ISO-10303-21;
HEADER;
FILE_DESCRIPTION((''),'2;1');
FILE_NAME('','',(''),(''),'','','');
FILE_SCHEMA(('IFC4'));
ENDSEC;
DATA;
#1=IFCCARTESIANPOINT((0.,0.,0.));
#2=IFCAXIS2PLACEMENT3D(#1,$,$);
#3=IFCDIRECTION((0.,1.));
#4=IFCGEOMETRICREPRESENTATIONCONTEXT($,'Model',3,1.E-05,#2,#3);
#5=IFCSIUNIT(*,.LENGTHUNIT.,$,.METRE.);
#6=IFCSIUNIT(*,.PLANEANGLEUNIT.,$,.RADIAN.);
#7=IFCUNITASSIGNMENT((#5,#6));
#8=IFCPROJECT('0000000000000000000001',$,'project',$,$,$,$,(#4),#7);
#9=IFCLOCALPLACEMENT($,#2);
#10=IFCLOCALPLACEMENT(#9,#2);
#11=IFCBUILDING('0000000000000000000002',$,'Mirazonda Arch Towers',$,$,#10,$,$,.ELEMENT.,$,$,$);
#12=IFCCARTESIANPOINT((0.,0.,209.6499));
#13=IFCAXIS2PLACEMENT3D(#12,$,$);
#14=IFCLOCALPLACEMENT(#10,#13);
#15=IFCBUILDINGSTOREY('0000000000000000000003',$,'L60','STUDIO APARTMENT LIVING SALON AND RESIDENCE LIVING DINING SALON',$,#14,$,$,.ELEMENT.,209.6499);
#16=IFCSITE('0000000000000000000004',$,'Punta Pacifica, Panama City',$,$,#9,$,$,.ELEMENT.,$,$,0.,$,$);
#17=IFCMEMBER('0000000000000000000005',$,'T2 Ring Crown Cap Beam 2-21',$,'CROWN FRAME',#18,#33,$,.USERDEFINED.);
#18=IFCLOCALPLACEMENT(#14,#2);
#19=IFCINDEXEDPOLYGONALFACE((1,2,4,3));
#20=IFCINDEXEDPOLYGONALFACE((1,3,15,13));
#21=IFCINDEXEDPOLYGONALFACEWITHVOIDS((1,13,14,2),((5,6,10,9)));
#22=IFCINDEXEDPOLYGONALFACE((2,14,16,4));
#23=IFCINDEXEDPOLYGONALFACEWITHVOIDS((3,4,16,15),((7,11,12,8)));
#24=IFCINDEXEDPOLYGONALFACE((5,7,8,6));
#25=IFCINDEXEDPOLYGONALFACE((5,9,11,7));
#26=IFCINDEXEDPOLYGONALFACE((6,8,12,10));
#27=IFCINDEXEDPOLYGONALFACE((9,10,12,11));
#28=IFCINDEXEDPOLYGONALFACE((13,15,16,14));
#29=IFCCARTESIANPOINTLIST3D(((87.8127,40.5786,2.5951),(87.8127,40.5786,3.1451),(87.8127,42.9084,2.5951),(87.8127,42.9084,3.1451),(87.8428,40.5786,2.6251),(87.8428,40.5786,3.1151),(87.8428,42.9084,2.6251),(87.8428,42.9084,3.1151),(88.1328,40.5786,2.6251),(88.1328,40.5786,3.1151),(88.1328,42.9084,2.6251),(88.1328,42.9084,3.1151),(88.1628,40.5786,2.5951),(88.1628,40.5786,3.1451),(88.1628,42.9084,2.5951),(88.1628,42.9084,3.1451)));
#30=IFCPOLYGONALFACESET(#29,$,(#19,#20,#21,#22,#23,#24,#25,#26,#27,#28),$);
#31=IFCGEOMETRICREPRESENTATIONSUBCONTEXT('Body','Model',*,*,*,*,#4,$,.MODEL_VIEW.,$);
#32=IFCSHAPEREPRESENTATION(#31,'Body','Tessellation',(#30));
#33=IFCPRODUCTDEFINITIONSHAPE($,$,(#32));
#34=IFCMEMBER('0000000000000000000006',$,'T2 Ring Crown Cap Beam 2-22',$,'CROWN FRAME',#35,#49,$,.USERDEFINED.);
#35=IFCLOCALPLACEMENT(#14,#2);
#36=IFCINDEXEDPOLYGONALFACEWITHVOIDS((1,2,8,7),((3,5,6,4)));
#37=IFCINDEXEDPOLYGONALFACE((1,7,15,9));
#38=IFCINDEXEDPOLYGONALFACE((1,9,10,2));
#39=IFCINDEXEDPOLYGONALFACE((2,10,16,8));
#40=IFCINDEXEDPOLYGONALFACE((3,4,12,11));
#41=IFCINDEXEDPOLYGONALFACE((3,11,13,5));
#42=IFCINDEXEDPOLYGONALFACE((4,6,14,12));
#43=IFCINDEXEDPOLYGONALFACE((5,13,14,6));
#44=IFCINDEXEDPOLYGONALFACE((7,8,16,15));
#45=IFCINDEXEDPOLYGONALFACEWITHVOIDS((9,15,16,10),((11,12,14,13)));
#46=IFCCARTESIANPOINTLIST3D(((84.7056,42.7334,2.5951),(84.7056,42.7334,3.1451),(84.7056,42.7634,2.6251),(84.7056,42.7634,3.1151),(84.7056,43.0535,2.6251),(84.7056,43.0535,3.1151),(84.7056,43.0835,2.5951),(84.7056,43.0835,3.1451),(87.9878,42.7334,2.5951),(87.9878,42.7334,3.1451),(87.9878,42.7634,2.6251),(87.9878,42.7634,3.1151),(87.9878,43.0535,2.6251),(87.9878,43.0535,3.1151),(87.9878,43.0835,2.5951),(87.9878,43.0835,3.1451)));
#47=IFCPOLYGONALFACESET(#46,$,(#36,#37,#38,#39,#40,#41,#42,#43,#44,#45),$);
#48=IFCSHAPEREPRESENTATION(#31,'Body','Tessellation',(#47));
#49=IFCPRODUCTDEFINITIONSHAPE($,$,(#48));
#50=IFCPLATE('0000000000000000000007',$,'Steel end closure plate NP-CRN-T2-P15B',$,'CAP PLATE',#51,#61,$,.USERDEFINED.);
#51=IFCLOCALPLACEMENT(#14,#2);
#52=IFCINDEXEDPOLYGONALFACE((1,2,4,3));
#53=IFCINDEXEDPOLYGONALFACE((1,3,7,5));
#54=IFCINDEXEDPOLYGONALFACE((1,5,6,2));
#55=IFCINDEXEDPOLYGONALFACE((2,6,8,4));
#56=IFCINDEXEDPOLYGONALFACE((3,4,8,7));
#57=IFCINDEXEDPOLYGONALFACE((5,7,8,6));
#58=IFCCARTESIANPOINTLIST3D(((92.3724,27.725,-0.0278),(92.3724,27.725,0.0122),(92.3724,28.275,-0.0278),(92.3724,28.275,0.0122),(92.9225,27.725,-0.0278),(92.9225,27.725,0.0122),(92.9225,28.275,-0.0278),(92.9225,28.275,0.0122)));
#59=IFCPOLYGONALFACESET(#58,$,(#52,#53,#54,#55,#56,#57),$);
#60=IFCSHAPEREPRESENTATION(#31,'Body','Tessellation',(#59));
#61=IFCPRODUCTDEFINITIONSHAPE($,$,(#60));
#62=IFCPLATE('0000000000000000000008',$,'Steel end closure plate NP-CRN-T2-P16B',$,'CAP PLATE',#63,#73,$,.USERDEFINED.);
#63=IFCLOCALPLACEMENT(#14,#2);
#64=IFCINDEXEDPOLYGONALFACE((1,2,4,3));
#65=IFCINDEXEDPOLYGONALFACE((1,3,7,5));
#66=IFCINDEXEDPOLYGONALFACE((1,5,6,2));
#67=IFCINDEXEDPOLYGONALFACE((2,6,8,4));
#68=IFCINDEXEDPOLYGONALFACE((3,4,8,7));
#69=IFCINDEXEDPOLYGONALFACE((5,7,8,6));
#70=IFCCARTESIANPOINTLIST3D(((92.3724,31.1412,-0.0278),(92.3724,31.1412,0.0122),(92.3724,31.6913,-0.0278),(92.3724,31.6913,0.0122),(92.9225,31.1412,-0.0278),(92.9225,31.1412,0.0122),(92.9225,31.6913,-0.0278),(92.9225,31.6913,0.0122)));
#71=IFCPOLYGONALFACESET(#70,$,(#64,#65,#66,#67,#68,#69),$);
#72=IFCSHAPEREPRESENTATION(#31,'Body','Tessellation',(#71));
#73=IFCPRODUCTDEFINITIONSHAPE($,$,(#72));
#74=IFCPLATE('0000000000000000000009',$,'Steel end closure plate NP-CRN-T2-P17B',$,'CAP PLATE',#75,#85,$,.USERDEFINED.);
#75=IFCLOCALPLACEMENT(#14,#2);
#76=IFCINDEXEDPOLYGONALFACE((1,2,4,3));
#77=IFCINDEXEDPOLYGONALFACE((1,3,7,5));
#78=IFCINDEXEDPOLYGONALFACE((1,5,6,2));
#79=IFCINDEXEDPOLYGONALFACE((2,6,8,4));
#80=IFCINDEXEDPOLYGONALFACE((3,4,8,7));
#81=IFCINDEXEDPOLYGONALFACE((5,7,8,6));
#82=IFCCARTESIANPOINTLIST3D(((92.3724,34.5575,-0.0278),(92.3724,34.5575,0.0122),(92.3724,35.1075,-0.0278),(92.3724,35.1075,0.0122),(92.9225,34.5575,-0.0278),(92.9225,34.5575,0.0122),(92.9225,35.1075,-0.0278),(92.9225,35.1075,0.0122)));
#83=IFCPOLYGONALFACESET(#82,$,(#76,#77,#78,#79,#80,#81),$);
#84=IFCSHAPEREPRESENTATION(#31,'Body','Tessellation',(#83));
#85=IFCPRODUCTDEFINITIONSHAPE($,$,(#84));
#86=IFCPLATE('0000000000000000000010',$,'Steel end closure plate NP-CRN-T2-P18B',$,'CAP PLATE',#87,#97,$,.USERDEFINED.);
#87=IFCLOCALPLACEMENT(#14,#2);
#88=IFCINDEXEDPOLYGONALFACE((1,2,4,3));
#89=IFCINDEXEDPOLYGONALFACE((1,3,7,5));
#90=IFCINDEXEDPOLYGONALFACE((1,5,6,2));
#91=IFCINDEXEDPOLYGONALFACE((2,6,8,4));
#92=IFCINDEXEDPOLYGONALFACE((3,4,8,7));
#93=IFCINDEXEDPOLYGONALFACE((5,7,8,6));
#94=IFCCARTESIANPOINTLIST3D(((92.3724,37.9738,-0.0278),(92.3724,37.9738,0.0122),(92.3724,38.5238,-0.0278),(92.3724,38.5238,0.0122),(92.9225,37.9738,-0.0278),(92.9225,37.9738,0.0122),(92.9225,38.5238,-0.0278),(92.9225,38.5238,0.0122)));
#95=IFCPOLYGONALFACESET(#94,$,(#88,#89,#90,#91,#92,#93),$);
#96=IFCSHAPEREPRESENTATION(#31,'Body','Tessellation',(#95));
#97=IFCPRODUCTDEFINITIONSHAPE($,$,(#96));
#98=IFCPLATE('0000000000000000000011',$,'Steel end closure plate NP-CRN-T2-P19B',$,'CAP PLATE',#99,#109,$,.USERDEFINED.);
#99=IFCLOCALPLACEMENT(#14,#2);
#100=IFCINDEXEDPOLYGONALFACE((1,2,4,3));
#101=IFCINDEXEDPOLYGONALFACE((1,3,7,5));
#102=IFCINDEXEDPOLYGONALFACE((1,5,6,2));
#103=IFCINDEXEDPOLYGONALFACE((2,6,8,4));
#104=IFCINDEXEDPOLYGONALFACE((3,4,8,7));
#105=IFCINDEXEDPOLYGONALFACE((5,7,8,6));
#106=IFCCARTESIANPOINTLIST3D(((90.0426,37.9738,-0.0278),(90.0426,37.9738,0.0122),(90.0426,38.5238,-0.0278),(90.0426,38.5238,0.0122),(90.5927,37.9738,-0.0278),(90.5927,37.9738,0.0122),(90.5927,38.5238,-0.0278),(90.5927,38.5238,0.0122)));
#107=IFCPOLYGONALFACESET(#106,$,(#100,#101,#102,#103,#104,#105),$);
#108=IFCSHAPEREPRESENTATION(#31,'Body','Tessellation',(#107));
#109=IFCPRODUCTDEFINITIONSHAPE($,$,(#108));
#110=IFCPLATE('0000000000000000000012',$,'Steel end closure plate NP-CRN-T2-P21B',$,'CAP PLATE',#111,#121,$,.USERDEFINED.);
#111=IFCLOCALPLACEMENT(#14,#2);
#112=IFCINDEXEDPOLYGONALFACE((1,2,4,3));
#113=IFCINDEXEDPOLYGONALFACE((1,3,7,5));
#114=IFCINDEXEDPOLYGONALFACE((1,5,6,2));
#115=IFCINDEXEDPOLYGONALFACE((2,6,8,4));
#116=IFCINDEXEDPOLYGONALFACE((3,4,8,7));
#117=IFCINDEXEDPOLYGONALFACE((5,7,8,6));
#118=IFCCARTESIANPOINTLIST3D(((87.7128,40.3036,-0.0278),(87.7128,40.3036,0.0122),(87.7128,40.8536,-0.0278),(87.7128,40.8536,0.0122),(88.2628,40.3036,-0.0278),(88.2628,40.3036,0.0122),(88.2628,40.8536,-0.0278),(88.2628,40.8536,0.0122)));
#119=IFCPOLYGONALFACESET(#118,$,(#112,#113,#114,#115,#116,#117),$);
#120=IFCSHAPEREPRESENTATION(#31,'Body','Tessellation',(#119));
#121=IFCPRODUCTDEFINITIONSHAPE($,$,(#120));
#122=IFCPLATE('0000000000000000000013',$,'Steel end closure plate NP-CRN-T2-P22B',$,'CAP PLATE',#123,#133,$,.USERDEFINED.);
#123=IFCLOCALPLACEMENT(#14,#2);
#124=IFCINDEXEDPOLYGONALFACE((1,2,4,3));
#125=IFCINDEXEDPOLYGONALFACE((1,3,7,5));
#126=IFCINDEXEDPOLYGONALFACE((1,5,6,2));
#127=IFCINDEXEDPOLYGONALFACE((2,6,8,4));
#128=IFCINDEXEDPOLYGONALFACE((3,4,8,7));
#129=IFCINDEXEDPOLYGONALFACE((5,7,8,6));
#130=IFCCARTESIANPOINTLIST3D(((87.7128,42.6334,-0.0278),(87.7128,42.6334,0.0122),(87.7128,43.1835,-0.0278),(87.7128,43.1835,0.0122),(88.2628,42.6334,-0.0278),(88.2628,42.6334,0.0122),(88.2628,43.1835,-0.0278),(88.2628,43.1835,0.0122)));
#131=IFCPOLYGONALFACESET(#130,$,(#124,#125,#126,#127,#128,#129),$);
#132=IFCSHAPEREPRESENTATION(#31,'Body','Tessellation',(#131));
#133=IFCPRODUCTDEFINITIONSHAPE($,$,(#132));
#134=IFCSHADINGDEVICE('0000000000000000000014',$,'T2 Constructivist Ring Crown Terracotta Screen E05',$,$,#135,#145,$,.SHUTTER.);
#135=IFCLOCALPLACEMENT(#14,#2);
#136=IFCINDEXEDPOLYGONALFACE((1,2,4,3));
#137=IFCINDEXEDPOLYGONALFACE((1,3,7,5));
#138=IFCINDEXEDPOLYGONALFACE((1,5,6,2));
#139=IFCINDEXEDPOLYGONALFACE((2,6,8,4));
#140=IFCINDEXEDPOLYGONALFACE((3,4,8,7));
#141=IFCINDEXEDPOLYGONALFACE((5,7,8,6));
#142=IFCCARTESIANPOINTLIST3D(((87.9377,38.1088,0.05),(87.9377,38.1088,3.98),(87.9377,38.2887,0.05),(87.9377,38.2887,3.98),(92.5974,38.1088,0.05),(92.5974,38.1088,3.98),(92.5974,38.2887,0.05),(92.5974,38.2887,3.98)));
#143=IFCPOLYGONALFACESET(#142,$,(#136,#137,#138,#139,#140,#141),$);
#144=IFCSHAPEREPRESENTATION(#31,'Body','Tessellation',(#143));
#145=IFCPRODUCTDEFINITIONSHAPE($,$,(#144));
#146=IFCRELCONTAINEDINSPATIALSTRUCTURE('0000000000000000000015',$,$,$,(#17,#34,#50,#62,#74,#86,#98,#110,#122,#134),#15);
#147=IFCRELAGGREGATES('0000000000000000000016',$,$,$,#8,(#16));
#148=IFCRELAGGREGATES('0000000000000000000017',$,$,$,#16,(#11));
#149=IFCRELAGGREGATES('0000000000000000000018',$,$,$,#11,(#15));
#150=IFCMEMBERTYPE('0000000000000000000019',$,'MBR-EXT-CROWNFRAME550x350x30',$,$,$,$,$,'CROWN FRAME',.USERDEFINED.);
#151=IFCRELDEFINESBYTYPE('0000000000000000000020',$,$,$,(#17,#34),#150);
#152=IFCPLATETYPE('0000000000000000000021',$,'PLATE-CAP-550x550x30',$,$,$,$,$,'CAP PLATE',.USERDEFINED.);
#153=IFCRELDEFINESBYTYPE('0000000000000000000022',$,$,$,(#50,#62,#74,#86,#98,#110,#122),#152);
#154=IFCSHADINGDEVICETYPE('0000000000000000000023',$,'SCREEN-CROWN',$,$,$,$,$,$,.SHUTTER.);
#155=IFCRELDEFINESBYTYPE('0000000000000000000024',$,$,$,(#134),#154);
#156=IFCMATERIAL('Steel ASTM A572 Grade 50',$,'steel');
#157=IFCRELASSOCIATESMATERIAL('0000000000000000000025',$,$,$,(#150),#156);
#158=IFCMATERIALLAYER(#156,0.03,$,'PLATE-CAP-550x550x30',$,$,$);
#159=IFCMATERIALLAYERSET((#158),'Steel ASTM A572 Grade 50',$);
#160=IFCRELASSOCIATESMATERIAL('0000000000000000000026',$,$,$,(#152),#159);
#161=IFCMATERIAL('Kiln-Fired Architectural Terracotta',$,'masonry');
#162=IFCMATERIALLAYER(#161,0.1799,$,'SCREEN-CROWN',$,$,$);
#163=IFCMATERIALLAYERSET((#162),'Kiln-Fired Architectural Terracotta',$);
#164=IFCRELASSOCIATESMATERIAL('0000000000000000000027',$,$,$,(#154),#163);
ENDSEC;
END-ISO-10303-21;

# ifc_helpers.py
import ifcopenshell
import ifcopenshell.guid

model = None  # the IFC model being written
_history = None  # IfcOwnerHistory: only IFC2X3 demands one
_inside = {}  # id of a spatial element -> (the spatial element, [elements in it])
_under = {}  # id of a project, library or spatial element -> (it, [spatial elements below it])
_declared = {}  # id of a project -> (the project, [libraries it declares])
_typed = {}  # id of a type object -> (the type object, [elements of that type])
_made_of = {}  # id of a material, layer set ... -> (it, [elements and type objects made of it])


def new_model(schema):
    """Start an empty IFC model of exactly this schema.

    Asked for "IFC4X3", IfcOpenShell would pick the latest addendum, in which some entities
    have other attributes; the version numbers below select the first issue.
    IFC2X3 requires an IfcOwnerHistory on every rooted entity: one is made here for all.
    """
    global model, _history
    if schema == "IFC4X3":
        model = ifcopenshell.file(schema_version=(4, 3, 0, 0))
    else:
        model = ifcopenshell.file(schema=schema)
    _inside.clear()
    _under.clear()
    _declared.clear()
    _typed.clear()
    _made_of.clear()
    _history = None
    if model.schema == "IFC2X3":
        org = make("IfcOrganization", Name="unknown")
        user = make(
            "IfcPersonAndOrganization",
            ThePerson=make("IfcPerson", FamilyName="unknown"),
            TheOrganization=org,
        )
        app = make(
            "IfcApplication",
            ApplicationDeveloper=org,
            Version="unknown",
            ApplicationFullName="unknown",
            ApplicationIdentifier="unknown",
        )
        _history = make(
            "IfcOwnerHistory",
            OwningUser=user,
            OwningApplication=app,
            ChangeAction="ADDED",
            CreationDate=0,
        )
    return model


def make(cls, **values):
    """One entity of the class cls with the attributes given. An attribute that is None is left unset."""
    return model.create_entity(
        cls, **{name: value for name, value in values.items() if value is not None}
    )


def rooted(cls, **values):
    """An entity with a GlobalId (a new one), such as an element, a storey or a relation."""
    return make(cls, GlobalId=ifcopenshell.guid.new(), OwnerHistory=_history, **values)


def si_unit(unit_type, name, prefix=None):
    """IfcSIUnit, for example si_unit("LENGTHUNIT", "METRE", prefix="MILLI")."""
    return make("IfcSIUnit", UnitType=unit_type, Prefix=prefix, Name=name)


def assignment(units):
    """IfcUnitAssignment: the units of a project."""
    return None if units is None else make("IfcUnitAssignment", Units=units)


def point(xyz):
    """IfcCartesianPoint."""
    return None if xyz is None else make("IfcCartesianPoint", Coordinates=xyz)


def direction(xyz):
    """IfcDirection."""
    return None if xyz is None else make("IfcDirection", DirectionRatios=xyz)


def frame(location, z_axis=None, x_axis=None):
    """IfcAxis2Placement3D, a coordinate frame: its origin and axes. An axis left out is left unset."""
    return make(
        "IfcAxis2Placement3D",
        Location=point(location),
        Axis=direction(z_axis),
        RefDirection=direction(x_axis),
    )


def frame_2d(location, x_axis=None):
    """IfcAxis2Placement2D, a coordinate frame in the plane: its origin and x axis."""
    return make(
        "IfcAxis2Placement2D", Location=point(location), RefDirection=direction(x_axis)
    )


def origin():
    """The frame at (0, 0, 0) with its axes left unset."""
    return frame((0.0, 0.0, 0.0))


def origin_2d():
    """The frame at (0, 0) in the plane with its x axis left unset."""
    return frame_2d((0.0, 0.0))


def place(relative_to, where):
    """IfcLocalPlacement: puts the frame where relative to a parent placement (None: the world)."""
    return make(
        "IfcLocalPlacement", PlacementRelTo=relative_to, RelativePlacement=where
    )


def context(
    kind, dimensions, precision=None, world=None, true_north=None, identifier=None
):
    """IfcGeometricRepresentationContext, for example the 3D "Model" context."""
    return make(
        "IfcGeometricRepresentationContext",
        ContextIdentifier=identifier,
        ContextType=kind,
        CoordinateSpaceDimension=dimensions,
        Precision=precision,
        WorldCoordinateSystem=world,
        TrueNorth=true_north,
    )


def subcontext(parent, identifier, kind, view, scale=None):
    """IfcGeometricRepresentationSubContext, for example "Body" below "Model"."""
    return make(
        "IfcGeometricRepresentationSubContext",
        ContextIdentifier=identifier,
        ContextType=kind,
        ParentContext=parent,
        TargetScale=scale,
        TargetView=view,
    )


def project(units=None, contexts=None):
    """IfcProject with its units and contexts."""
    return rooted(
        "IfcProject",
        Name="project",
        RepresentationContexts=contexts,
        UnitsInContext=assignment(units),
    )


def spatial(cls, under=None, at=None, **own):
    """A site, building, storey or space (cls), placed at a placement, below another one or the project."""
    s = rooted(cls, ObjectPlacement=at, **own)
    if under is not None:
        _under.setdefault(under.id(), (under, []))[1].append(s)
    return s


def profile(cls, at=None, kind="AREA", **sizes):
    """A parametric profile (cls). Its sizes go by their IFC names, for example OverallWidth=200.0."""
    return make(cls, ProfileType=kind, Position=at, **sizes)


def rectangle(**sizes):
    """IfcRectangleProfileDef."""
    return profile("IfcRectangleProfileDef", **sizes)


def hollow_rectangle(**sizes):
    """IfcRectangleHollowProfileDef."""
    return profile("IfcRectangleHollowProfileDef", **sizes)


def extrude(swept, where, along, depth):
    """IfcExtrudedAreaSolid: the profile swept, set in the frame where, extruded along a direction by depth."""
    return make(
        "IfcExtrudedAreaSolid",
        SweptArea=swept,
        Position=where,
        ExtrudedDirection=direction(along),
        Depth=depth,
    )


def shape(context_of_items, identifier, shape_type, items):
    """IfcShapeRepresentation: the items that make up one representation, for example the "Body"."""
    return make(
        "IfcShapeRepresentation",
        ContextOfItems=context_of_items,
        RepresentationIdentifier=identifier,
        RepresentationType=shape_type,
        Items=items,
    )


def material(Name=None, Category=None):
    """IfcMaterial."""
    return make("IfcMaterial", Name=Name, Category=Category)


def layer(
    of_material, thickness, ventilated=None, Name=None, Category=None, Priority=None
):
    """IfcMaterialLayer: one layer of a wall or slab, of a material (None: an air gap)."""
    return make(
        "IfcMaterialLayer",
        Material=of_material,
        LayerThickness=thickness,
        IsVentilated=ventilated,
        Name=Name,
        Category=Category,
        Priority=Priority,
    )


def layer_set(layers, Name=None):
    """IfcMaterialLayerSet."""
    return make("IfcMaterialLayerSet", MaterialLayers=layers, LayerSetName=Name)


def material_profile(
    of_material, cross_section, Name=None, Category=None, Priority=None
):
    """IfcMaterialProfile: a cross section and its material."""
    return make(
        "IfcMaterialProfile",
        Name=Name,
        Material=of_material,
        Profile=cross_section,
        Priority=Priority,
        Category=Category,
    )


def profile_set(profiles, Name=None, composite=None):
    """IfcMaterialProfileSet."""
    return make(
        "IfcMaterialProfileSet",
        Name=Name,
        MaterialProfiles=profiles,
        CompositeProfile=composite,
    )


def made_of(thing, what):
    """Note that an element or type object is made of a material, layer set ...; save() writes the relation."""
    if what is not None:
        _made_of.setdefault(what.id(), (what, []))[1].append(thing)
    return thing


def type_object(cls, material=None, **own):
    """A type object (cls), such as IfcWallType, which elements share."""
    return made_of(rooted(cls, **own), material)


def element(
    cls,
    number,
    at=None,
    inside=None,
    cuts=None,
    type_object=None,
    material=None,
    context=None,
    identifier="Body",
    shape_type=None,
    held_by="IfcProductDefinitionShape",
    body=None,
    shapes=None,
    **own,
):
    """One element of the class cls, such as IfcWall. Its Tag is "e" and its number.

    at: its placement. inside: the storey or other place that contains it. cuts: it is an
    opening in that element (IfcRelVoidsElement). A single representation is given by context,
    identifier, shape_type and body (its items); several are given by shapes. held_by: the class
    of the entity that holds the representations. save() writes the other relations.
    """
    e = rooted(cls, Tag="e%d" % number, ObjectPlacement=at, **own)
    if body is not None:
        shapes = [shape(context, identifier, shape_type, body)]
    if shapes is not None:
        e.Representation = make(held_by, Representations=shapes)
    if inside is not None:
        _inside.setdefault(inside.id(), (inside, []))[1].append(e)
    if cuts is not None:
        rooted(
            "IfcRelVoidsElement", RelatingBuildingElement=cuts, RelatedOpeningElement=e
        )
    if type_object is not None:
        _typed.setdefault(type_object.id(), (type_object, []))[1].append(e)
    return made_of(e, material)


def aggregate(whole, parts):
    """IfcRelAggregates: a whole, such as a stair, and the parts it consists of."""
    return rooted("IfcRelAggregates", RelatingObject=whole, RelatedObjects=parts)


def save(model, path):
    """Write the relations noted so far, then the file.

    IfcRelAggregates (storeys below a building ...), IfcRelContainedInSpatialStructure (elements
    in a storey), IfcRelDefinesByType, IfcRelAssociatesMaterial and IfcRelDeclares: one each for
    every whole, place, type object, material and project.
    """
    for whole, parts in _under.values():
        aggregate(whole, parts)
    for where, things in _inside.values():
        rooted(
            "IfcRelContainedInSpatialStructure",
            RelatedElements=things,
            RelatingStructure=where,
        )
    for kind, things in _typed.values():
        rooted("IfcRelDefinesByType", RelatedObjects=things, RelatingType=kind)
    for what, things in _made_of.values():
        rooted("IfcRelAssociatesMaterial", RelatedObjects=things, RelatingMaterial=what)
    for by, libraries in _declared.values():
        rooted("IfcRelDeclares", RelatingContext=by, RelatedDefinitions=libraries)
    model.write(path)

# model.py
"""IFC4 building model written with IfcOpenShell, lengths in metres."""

from ifc_helpers import new_model, si_unit, direction, frame, frame_2d, origin, origin_2d, place, context, subcontext, project, spatial, rectangle, hollow_rectangle, extrude, material, layer, layer_set, material_profile, profile_set, type_object, element, save


model = new_model("IFC4")

# Units and contexts
model_context = context("Model", 3, precision=1e-05, world=origin(), true_north=direction((0.0, 1.0)))
body_context = subcontext(model_context, "Body", "Model", "MODEL_VIEW")
ifc_project = project(units=[si_unit("LENGTHUNIT", "METRE"), si_unit("PLANEANGLEUNIT", "RADIAN")], contexts=[model_context])

# Site, building, storey
site_placement = place(None, origin())
site = spatial("IfcSite", under=ifc_project, at=site_placement, Name="Punta Pacifica, Panama City", CompositionType="ELEMENT", RefElevation=0.0)
building_placement = place(site_placement, origin())
building = spatial("IfcBuilding", under=site, at=building_placement, Name="Mirazonda Arch Towers", CompositionType="ELEMENT")
storey_placement = place(building_placement, frame((0.0, 0.0, 209.6499)))
storey = spatial("IfcBuildingStorey", under=building, at=storey_placement, Name="L60", Description="STUDIO APARTMENT LIVING SALON AND RESIDENCE LIVING DINING SALON", CompositionType="ELEMENT", Elevation=209.6499)

# Members
ifc_material_1 = material(Name="Steel ASTM A572 Grade 50", Category="steel")
ifc_material_profile_1 = material_profile(ifc_material_1, hollow_rectangle(XDim=0.3501, YDim=0.55, WallThickness=0.03, at=origin_2d()), Name="CROWNFRAME550x350x30")
ifc_profile_set_1 = profile_set([ifc_material_profile_1], Name="Steel ASTM A572 Grade 50")
member_type_1 = type_object("IfcMemberType", Name="MBR-EXT-CROWNFRAME550x350x30", ElementType="CROWN FRAME", PredefinedType="USERDEFINED", material=ifc_profile_set_1)
for number, where, z_axis, x_axis, name in (
    (1, (87.9878, 40.5786, 2.8701), (0.0, 1.0, 0.0), (-1.0, 0.0, 0.0), "T2 Ring Crown Cap Beam 2-21"),
):
    element("IfcMember", number, at=place(storey_placement, frame(where, z_axis=z_axis, x_axis=x_axis)), inside=storey, type_object=member_type_1, Name=name, ObjectType="CROWN FRAME", PredefinedType="USERDEFINED", context=body_context, shape_type="SweptSolid", body=[
        extrude(hollow_rectangle(XDim=0.3501, YDim=0.55, WallThickness=0.03, at=origin_2d()), origin(), (0.0, 0.0, 1.0), 2.3298),
    ])
member_1_placement = place(storey_placement, frame((87.9878, 42.9084, 2.8701), z_axis=(-1.0, 0.0, 0.0), x_axis=(0.0, -1.0, 0.0)))
element("IfcMember", 2, at=member_1_placement, inside=storey, type_object=member_type_1, Name="T2 Ring Crown Cap Beam 2-22", ObjectType="CROWN FRAME", PredefinedType="USERDEFINED", context=body_context, shape_type="SweptSolid", body=[
    extrude(hollow_rectangle(XDim=0.3501, YDim=0.55, WallThickness=0.03, at=origin_2d()), origin(), (0.0, 0.0, 1.0), 3.2822),
])

# Plates
ifc_layer_1 = layer(ifc_material_1, 0.03, Name="PLATE-CAP-550x550x30")
ifc_layer_set_1 = layer_set([ifc_layer_1], Name="Steel ASTM A572 Grade 50")
plate_type = type_object("IfcPlateType", Name="PLATE-CAP-550x550x30", ElementType="CAP PLATE", PredefinedType="USERDEFINED", material=ifc_layer_set_1)
for number, where, z_axis, x_axis, name in (
    (3, (92.6475, 28.0, -0.0278), (0.0, 0.0, 1.0), (1.0, 0.0, 0.0), "Steel end closure plate NP-CRN-T2-P15B"),
    (4, (92.6475, 31.4163, -0.0278), (0.0, 0.0, 1.0), (1.0, 0.0, 0.0), "Steel end closure plate NP-CRN-T2-P16B"),
    (5, (92.6475, 34.8325, -0.0278), (0.0, 0.0, 1.0), (1.0, 0.0, 0.0), "Steel end closure plate NP-CRN-T2-P17B"),
    (6, (92.6475, 38.2488, -0.0278), (0.0, 0.0, 1.0), (1.0, 0.0, 0.0), "Steel end closure plate NP-CRN-T2-P18B"),
    (7, (90.3176, 38.2488, -0.0278), (0.0, 0.0, 1.0), (1.0, 0.0, 0.0), "Steel end closure plate NP-CRN-T2-P19B"),
    (8, (87.9878, 40.5786, -0.0278), (0.0, 0.0, 1.0), (1.0, 0.0, 0.0), "Steel end closure plate NP-CRN-T2-P21B"),
    (9, (87.9878, 42.9084, -0.0278), (0.0, 0.0, 1.0), (1.0, 0.0, 0.0), "Steel end closure plate NP-CRN-T2-P22B"),
):
    element("IfcPlate", number, at=place(storey_placement, frame(where, z_axis=z_axis, x_axis=x_axis)), inside=storey, type_object=plate_type, Name=name, ObjectType="CAP PLATE", PredefinedType="USERDEFINED", context=body_context, shape_type="SweptSolid", body=[
        extrude(rectangle(XDim=0.55, YDim=0.55, at=origin_2d()), origin(), (0.0, 0.0, 1.0), 0.04),
    ])

# Shading device
ifc_material_2 = material(Name="Kiln-Fired Architectural Terracotta", Category="masonry")
ifc_layer_2 = layer(ifc_material_2, 0.1799, Name="SCREEN-CROWN")
ifc_layer_set_2 = layer_set([ifc_layer_2], Name="Kiln-Fired Architectural Terracotta")
shading_device_type = type_object("IfcShadingDeviceType", Name="SCREEN-CROWN", PredefinedType="SHUTTER", material=ifc_layer_set_2)
shading_device_placement = place(storey_placement, frame((92.5974, 38.1987, 0.05), z_axis=(0.0, 0.0, 1.0), x_axis=(-1.0, 0.0, 0.0)))
element("IfcShadingDevice", 10, at=shading_device_placement, inside=storey, type_object=shading_device_type, Name="T2 Constructivist Ring Crown Terracotta Screen E05", PredefinedType="SHUTTER", context=body_context, shape_type="SweptSolid", body=[
    extrude(rectangle(XDim=4.6597, YDim=0.1799, at=frame_2d((2.3298, 0.0))), origin(), (0.0, 0.0, 1.0), 3.9299),
])

save(model, "model.ifc")
